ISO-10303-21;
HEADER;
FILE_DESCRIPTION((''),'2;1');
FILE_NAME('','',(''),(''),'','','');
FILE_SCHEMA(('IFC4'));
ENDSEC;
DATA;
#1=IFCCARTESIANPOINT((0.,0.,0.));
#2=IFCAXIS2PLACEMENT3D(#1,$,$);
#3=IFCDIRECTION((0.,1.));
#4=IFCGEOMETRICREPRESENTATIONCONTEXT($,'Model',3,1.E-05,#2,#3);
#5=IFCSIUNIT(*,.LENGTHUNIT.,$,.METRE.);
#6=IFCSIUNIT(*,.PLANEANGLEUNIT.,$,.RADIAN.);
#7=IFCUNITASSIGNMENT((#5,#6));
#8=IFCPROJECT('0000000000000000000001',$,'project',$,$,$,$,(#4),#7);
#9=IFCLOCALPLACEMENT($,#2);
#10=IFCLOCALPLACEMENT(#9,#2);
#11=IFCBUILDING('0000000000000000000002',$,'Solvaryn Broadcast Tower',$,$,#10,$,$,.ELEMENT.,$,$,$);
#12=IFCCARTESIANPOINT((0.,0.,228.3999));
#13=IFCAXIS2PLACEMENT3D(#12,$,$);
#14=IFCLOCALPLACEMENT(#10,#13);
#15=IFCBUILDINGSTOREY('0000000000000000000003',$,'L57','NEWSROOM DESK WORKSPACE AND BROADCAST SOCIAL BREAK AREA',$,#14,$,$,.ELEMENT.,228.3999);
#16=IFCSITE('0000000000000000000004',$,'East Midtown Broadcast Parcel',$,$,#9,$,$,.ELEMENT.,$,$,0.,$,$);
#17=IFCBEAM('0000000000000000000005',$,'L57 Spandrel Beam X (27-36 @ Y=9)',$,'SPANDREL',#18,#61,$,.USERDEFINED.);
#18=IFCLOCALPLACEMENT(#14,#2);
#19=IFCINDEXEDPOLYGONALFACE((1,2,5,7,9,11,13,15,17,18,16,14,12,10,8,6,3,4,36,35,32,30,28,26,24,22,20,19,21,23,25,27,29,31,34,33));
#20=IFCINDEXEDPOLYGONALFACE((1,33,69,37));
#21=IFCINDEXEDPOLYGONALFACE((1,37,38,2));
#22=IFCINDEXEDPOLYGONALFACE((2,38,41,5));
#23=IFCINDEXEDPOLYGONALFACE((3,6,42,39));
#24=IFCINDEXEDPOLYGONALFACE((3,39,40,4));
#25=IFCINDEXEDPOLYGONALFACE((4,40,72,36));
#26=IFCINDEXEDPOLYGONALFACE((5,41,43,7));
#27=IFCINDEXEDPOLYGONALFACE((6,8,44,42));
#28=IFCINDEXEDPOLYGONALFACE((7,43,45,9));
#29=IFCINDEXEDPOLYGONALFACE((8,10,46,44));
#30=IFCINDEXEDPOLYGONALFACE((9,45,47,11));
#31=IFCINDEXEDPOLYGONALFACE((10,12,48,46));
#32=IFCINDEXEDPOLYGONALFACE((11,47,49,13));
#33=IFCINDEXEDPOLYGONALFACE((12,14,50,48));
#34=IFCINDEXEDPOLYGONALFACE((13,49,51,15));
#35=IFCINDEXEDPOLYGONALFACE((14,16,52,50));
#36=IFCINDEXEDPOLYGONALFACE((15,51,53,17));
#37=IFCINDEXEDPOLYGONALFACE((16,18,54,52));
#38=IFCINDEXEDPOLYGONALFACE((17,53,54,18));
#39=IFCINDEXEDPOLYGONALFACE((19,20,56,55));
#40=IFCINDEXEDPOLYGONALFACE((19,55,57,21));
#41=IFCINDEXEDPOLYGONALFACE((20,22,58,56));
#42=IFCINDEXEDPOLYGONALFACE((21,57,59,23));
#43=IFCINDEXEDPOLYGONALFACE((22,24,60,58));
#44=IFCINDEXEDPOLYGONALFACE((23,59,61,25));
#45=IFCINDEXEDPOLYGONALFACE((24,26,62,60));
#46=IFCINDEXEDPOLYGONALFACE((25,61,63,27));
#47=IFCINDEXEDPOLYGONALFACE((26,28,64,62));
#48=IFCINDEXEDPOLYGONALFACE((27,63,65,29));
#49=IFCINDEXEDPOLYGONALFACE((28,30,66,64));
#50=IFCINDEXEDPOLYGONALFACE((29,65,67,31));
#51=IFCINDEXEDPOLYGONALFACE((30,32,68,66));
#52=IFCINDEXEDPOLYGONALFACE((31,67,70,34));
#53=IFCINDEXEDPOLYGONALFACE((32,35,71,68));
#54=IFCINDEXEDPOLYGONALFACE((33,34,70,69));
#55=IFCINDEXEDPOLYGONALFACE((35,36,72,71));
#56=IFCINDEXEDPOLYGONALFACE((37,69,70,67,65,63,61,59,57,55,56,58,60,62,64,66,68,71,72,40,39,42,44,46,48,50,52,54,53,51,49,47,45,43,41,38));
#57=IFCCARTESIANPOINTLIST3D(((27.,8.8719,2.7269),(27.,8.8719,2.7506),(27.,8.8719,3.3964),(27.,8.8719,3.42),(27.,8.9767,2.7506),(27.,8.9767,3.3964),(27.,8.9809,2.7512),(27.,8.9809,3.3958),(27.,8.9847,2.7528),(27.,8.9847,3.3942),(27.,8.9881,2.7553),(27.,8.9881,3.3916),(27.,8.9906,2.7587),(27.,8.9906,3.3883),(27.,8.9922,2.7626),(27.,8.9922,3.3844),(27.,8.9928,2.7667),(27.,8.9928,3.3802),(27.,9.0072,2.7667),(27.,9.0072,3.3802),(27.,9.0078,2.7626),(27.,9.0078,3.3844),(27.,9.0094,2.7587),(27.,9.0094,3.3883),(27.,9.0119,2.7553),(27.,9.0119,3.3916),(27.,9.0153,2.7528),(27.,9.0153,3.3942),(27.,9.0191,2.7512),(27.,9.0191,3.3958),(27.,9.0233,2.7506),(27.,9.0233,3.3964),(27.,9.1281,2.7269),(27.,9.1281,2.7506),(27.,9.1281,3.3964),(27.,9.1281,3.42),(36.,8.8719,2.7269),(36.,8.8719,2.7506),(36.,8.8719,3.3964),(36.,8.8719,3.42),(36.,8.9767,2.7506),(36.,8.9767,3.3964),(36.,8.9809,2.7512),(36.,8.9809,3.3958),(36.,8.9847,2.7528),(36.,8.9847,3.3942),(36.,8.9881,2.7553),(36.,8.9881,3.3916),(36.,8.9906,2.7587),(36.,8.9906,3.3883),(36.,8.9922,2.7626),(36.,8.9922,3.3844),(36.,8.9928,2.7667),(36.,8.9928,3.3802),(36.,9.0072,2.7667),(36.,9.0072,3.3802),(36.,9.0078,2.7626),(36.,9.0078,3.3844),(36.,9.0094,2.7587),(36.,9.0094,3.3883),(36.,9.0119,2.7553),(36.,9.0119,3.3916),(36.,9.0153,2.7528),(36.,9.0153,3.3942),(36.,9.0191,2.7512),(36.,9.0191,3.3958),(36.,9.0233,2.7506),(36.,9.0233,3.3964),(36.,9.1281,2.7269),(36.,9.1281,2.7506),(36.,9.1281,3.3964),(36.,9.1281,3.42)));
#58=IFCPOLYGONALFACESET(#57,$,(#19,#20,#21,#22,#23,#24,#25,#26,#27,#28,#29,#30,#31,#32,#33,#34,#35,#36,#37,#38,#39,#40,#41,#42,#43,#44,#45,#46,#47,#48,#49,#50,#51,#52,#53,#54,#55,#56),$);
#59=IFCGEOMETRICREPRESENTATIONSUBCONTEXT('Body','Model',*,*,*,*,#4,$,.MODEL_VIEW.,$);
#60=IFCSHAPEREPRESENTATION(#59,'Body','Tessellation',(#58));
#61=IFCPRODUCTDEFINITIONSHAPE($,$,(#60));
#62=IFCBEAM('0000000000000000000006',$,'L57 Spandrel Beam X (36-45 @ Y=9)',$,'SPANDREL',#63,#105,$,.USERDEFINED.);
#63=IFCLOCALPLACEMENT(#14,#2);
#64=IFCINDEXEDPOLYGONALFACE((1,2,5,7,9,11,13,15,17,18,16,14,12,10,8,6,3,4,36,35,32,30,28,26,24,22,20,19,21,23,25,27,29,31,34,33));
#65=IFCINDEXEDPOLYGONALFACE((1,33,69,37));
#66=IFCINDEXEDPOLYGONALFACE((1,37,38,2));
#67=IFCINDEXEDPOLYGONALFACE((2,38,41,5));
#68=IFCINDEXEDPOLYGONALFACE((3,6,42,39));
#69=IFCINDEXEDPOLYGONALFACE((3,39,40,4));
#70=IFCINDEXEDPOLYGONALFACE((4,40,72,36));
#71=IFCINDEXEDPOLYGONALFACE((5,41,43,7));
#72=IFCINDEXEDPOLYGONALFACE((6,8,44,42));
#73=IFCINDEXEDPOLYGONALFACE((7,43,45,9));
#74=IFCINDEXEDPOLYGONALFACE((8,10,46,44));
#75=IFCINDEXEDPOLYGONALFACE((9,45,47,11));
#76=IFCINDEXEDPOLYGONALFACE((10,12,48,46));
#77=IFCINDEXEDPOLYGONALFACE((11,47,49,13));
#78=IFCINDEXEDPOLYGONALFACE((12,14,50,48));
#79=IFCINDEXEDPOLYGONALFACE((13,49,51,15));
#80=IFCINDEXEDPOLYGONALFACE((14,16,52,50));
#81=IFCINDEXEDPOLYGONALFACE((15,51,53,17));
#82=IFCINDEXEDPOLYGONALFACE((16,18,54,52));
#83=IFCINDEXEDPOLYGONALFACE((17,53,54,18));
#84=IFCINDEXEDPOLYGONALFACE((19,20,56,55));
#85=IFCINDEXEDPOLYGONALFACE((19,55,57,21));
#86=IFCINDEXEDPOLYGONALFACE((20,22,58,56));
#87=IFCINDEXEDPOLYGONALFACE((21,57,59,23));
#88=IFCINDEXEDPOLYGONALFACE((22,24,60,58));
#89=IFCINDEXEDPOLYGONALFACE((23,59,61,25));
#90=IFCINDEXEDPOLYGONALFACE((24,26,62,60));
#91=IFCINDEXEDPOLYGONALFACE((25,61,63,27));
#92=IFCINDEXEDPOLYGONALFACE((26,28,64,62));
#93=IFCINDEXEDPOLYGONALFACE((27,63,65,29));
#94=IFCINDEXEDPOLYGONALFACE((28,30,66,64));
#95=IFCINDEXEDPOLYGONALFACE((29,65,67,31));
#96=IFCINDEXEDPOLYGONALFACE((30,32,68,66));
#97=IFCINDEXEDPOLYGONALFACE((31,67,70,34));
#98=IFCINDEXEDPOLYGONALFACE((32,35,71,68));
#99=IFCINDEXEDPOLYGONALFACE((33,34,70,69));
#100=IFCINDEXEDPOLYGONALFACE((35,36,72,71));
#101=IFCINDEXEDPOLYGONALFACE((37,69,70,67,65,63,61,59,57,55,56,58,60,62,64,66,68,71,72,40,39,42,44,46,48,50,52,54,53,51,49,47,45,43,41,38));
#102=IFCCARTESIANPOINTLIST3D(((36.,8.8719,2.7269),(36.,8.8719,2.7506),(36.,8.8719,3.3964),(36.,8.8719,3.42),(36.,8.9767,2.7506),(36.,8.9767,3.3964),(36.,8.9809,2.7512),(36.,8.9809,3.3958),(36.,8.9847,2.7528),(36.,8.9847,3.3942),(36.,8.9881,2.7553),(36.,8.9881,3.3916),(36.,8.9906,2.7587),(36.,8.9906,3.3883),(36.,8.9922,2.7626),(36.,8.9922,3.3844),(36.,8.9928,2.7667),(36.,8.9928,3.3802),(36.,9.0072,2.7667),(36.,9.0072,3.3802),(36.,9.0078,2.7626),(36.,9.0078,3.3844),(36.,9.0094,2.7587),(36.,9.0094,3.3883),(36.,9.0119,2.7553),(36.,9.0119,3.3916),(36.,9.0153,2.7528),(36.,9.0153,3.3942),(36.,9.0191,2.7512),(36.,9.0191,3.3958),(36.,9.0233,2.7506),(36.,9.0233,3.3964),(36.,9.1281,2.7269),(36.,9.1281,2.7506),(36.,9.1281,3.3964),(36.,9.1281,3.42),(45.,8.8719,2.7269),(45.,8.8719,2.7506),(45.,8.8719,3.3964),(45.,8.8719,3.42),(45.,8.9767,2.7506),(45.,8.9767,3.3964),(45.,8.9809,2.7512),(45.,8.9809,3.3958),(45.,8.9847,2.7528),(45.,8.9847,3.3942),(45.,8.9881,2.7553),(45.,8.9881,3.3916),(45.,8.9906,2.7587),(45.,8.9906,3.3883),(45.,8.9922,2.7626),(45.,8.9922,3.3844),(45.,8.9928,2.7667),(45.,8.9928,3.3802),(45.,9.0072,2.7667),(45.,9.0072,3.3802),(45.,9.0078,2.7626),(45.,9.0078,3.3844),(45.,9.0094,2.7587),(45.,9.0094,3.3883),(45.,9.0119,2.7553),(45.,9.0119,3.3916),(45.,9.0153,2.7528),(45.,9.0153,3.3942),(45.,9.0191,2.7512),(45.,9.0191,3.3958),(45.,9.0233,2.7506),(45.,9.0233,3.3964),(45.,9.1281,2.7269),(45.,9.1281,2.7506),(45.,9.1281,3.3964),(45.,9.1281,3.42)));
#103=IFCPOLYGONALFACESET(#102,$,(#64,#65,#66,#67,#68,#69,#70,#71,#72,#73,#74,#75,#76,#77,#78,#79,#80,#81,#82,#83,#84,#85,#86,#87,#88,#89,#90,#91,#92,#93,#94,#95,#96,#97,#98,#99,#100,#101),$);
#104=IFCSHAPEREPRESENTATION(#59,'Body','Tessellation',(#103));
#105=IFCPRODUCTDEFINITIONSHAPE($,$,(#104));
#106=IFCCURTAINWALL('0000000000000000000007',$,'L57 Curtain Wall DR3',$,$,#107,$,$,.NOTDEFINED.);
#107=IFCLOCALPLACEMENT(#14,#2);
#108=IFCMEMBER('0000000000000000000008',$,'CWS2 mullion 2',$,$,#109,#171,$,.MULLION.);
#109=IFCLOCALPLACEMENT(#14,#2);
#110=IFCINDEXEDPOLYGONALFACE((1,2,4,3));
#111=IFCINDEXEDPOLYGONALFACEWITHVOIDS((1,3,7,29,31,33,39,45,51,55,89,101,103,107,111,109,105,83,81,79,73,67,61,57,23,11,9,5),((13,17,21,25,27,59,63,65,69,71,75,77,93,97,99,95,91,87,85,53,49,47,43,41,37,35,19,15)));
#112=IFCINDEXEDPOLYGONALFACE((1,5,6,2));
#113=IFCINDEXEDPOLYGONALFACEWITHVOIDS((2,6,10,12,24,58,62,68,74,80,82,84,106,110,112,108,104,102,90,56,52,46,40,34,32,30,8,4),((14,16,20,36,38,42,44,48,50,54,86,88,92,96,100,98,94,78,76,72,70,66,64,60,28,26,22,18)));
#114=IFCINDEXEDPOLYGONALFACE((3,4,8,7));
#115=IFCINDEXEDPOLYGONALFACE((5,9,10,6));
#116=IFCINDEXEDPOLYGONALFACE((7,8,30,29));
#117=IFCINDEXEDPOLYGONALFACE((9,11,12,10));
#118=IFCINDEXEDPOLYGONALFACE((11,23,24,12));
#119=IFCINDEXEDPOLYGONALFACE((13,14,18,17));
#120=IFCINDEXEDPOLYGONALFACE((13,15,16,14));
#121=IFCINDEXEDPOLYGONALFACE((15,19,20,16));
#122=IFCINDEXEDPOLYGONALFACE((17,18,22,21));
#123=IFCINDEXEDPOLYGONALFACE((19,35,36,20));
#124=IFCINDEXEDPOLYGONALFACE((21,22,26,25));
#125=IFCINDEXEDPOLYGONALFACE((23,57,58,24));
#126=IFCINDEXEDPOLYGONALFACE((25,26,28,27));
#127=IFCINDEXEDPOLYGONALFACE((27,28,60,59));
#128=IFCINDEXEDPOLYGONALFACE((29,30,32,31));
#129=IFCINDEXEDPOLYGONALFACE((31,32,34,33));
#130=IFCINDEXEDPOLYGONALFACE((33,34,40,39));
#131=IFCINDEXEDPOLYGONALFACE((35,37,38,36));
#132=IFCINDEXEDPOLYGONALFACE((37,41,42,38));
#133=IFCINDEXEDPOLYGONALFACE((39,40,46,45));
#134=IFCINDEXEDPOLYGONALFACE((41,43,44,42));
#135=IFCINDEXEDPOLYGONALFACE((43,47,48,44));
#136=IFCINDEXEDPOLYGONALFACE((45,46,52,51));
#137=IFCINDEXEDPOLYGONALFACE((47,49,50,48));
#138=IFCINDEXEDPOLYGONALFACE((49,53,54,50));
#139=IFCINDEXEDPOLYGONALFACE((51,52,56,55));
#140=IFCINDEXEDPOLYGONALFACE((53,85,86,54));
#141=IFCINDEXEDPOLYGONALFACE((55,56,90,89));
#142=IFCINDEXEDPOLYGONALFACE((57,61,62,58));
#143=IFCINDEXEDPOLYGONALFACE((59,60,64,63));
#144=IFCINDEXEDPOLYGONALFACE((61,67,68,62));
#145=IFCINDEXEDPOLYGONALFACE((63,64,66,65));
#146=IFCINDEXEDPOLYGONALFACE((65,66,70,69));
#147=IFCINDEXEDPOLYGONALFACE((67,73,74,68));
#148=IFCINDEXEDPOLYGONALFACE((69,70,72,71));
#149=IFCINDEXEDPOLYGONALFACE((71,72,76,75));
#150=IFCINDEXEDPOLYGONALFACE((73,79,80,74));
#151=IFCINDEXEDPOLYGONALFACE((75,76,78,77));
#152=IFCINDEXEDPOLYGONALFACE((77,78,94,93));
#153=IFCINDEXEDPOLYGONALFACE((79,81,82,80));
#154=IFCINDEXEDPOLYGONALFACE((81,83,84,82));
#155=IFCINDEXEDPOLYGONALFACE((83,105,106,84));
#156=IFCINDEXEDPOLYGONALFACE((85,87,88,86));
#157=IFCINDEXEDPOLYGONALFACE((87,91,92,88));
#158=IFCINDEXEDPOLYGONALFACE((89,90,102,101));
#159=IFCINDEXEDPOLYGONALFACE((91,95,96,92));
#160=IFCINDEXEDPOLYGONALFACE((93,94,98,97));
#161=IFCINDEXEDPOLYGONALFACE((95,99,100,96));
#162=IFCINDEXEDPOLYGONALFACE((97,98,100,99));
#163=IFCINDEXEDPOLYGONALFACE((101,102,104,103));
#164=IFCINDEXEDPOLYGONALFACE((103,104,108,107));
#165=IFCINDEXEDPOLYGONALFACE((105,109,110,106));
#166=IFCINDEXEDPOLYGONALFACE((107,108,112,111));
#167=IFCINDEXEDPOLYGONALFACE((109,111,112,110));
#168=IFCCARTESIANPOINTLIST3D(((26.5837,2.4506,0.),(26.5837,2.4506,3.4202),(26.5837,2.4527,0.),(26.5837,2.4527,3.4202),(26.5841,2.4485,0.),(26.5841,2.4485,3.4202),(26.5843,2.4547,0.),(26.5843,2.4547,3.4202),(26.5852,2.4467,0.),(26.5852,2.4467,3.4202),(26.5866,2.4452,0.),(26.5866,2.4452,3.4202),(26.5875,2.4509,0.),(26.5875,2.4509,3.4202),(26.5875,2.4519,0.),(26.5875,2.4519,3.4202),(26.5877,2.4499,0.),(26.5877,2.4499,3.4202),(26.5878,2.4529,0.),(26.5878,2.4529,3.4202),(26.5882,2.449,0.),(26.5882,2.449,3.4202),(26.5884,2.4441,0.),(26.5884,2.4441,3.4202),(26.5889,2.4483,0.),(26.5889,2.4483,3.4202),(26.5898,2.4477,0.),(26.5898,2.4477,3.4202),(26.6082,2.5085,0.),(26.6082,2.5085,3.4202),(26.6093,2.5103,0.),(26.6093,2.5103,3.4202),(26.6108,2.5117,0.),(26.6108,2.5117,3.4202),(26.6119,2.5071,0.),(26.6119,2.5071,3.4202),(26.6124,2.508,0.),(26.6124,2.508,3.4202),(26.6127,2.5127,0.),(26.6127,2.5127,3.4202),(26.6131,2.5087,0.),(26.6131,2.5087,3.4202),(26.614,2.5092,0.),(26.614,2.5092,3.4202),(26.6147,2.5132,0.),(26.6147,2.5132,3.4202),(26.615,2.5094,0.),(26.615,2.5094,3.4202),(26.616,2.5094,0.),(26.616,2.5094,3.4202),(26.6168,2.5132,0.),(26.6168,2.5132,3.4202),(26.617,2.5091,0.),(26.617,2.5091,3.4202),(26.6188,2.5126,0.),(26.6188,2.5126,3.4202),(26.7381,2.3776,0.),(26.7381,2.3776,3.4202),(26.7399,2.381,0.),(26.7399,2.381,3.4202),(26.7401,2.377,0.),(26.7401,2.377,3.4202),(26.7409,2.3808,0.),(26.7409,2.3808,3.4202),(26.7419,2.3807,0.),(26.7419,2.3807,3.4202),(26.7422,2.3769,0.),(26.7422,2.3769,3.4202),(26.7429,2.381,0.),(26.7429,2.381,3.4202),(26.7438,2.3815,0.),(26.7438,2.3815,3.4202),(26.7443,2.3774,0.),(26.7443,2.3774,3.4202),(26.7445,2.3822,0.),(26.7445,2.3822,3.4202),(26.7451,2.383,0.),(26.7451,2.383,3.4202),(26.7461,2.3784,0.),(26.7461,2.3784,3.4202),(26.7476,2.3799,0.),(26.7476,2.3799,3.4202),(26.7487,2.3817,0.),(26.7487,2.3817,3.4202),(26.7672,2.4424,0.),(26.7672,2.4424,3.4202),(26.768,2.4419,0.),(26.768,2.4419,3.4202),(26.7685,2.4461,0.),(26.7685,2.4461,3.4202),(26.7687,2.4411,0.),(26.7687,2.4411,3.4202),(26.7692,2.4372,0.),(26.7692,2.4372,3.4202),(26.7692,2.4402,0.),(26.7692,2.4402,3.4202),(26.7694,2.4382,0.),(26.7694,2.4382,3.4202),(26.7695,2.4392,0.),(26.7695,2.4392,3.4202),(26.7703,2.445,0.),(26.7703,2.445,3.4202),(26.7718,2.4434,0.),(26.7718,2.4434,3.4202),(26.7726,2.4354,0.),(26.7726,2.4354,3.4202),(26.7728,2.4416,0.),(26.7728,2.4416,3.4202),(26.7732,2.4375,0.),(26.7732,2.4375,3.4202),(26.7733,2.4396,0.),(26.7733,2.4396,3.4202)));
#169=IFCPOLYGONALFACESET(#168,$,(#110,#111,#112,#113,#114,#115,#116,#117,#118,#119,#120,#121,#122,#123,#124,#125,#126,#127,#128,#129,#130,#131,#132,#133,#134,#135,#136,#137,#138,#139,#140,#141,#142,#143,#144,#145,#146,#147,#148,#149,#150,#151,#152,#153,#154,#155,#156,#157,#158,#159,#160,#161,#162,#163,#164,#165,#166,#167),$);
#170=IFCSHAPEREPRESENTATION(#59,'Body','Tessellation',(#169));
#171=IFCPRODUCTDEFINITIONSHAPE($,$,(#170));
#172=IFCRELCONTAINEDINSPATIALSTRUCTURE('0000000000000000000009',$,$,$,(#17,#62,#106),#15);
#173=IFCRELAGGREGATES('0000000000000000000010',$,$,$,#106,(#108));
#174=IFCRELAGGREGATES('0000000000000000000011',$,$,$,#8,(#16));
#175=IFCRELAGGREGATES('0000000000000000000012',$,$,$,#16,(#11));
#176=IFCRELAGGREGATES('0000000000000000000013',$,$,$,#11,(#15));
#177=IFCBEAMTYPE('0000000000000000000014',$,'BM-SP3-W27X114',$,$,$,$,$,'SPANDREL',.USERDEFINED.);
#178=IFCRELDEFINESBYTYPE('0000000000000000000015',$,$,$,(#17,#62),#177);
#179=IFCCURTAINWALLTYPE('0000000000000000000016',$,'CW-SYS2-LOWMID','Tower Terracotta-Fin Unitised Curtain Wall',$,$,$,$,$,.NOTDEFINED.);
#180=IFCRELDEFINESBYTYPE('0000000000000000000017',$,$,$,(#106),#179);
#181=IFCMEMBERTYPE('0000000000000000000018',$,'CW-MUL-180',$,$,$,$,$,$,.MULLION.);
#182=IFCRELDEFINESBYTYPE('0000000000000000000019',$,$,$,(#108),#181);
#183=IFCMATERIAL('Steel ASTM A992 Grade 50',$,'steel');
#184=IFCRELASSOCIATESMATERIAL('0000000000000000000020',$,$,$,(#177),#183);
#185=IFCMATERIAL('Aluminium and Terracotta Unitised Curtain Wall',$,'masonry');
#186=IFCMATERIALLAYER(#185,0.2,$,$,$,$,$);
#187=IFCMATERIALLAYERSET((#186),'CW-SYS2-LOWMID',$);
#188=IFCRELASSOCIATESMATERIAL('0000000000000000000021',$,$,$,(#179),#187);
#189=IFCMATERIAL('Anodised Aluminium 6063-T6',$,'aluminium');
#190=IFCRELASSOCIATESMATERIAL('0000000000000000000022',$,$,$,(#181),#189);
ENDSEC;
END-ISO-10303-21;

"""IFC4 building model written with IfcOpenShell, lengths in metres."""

from ifc_helpers import new_model, si_unit, direction, frame, origin, origin_2d, place, context, subcontext, project, spatial, hollow_rectangle, i_section, extrude, material, layer, layer_set, material_profile, profile_set, type_object, element, aggregate, save


model = new_model("IFC4")

# Units and contexts
model_context = context("Model", 3, precision=1e-05, world=origin(), true_north=direction((0.0, 1.0)))
body_context = subcontext(model_context, "Body", "Model", "MODEL_VIEW")
ifc_project = project(units=[si_unit("LENGTHUNIT", "METRE"), si_unit("PLANEANGLEUNIT", "RADIAN")], contexts=[model_context])

# Site, building, storey
site_placement = place(None, origin())
site = spatial("IfcSite", under=ifc_project, at=site_placement, Name="East Midtown Broadcast Parcel", CompositionType="ELEMENT", RefElevation=0.0)
building_placement = place(site_placement, origin())
building = spatial("IfcBuilding", under=site, at=building_placement, Name="Solvaryn Broadcast Tower", CompositionType="ELEMENT")
storey_placement = place(building_placement, frame((0.0, 0.0, 228.3999)))
storey = spatial("IfcBuildingStorey", under=building, at=storey_placement, Name="L57", Description="NEWSROOM DESK WORKSPACE AND BROADCAST SOCIAL BREAK AREA", CompositionType="ELEMENT", Elevation=228.3999)

# Beams
ifc_material_1 = material(Name="Steel ASTM A992 Grade 50", Category="steel")
ifc_material_profile_1 = material_profile(ifc_material_1, i_section(OverallWidth=0.2561, OverallDepth=0.6931, WebThickness=0.0144, FlangeThickness=0.0237, FilletRadius=0.0161, at=origin_2d()))
ifc_profile_set_1 = profile_set([ifc_material_profile_1], Name="Steel ASTM A992 Grade 50")
beam_type_1 = type_object("IfcBeamType", Name="BM-SP3-W27X114", ElementType="SPANDREL", PredefinedType="USERDEFINED", material=ifc_profile_set_1)
for number, where, z_axis, x_axis, name in (
    (1, (27.0, 9.0, 3.0735), (1.0, 0.0, 0.0), (0.0, 1.0, 0.0), "L57 Spandrel Beam X (27-36 @ Y=9)"),
    (2, (36.0, 9.0, 3.0735), (1.0, 0.0, 0.0), (0.0, 1.0, 0.0), "L57 Spandrel Beam X (36-45 @ Y=9)"),
):
    element("IfcBeam", number, at=place(storey_placement, frame(where, z_axis=z_axis, x_axis=x_axis)), inside=storey, type_object=beam_type_1, Name=name, ObjectType="SPANDREL", PredefinedType="USERDEFINED", context=body_context, shape_type="SweptSolid", body=[
        extrude(i_section(OverallWidth=0.2561, OverallDepth=0.6931, WebThickness=0.0144, FlangeThickness=0.0237, FilletRadius=0.0161, at=origin_2d()), origin(), (0.0, 0.0, 1.0), 9.0),
    ])

# Curtain wall, member
ifc_material_2 = material(Name="Aluminium and Terracotta Unitised Curtain Wall", Category="masonry")
ifc_layer_1 = layer(ifc_material_2, 0.2)
ifc_layer_set_1 = layer_set([ifc_layer_1], Name="CW-SYS2-LOWMID")
curtain_wall_type = type_object("IfcCurtainWallType", Name="CW-SYS2-LOWMID", Description="Tower Terracotta-Fin Unitised Curtain Wall", PredefinedType="NOTDEFINED", material=ifc_layer_set_1)
curtain_wall_1_placement = place(storey_placement, origin())
curtain_wall_1 = element("IfcCurtainWall", 3, at=curtain_wall_1_placement, inside=storey, type_object=curtain_wall_type, Name="L57 Curtain Wall DR3", PredefinedType="NOTDEFINED")
ifc_material_3 = material(Name="Anodised Aluminium 6063-T6", Category="aluminium")
ifc_material_profile_2 = material_profile(ifc_material_3, hollow_rectangle(XDim=0.075, YDim=0.1799, WallThickness=0.0039, InnerFilletRadius=0.0039, OuterFilletRadius=0.0081, at=origin_2d()))
ifc_profile_set_2 = profile_set([ifc_material_profile_2], Name="Anodised Aluminium 6063-T6")
member_type_1 = type_object("IfcMemberType", Name="CW-MUL-180", PredefinedType="MULLION", material=ifc_profile_set_2)
member_1_placement = place(storey_placement, frame((26.6785, 2.4451, 0.0), z_axis=(0.0, 0.0, 1.0), x_axis=(0.405901, 0.913917, 0.0)))
member_1 = element("IfcMember", 4, at=member_1_placement, type_object=member_type_1, Name="CWS2 mullion 2", PredefinedType="MULLION", context=body_context, shape_type="SweptSolid", body=[
    extrude(hollow_rectangle(XDim=0.075, YDim=0.1799, WallThickness=0.0039, InnerFilletRadius=0.0039, OuterFilletRadius=0.0081, at=origin_2d()), origin(), (0.0, 0.0, 1.0), 3.4202),
])
aggregate(curtain_wall_1, [member_1])

save(model, "model.ifc")
